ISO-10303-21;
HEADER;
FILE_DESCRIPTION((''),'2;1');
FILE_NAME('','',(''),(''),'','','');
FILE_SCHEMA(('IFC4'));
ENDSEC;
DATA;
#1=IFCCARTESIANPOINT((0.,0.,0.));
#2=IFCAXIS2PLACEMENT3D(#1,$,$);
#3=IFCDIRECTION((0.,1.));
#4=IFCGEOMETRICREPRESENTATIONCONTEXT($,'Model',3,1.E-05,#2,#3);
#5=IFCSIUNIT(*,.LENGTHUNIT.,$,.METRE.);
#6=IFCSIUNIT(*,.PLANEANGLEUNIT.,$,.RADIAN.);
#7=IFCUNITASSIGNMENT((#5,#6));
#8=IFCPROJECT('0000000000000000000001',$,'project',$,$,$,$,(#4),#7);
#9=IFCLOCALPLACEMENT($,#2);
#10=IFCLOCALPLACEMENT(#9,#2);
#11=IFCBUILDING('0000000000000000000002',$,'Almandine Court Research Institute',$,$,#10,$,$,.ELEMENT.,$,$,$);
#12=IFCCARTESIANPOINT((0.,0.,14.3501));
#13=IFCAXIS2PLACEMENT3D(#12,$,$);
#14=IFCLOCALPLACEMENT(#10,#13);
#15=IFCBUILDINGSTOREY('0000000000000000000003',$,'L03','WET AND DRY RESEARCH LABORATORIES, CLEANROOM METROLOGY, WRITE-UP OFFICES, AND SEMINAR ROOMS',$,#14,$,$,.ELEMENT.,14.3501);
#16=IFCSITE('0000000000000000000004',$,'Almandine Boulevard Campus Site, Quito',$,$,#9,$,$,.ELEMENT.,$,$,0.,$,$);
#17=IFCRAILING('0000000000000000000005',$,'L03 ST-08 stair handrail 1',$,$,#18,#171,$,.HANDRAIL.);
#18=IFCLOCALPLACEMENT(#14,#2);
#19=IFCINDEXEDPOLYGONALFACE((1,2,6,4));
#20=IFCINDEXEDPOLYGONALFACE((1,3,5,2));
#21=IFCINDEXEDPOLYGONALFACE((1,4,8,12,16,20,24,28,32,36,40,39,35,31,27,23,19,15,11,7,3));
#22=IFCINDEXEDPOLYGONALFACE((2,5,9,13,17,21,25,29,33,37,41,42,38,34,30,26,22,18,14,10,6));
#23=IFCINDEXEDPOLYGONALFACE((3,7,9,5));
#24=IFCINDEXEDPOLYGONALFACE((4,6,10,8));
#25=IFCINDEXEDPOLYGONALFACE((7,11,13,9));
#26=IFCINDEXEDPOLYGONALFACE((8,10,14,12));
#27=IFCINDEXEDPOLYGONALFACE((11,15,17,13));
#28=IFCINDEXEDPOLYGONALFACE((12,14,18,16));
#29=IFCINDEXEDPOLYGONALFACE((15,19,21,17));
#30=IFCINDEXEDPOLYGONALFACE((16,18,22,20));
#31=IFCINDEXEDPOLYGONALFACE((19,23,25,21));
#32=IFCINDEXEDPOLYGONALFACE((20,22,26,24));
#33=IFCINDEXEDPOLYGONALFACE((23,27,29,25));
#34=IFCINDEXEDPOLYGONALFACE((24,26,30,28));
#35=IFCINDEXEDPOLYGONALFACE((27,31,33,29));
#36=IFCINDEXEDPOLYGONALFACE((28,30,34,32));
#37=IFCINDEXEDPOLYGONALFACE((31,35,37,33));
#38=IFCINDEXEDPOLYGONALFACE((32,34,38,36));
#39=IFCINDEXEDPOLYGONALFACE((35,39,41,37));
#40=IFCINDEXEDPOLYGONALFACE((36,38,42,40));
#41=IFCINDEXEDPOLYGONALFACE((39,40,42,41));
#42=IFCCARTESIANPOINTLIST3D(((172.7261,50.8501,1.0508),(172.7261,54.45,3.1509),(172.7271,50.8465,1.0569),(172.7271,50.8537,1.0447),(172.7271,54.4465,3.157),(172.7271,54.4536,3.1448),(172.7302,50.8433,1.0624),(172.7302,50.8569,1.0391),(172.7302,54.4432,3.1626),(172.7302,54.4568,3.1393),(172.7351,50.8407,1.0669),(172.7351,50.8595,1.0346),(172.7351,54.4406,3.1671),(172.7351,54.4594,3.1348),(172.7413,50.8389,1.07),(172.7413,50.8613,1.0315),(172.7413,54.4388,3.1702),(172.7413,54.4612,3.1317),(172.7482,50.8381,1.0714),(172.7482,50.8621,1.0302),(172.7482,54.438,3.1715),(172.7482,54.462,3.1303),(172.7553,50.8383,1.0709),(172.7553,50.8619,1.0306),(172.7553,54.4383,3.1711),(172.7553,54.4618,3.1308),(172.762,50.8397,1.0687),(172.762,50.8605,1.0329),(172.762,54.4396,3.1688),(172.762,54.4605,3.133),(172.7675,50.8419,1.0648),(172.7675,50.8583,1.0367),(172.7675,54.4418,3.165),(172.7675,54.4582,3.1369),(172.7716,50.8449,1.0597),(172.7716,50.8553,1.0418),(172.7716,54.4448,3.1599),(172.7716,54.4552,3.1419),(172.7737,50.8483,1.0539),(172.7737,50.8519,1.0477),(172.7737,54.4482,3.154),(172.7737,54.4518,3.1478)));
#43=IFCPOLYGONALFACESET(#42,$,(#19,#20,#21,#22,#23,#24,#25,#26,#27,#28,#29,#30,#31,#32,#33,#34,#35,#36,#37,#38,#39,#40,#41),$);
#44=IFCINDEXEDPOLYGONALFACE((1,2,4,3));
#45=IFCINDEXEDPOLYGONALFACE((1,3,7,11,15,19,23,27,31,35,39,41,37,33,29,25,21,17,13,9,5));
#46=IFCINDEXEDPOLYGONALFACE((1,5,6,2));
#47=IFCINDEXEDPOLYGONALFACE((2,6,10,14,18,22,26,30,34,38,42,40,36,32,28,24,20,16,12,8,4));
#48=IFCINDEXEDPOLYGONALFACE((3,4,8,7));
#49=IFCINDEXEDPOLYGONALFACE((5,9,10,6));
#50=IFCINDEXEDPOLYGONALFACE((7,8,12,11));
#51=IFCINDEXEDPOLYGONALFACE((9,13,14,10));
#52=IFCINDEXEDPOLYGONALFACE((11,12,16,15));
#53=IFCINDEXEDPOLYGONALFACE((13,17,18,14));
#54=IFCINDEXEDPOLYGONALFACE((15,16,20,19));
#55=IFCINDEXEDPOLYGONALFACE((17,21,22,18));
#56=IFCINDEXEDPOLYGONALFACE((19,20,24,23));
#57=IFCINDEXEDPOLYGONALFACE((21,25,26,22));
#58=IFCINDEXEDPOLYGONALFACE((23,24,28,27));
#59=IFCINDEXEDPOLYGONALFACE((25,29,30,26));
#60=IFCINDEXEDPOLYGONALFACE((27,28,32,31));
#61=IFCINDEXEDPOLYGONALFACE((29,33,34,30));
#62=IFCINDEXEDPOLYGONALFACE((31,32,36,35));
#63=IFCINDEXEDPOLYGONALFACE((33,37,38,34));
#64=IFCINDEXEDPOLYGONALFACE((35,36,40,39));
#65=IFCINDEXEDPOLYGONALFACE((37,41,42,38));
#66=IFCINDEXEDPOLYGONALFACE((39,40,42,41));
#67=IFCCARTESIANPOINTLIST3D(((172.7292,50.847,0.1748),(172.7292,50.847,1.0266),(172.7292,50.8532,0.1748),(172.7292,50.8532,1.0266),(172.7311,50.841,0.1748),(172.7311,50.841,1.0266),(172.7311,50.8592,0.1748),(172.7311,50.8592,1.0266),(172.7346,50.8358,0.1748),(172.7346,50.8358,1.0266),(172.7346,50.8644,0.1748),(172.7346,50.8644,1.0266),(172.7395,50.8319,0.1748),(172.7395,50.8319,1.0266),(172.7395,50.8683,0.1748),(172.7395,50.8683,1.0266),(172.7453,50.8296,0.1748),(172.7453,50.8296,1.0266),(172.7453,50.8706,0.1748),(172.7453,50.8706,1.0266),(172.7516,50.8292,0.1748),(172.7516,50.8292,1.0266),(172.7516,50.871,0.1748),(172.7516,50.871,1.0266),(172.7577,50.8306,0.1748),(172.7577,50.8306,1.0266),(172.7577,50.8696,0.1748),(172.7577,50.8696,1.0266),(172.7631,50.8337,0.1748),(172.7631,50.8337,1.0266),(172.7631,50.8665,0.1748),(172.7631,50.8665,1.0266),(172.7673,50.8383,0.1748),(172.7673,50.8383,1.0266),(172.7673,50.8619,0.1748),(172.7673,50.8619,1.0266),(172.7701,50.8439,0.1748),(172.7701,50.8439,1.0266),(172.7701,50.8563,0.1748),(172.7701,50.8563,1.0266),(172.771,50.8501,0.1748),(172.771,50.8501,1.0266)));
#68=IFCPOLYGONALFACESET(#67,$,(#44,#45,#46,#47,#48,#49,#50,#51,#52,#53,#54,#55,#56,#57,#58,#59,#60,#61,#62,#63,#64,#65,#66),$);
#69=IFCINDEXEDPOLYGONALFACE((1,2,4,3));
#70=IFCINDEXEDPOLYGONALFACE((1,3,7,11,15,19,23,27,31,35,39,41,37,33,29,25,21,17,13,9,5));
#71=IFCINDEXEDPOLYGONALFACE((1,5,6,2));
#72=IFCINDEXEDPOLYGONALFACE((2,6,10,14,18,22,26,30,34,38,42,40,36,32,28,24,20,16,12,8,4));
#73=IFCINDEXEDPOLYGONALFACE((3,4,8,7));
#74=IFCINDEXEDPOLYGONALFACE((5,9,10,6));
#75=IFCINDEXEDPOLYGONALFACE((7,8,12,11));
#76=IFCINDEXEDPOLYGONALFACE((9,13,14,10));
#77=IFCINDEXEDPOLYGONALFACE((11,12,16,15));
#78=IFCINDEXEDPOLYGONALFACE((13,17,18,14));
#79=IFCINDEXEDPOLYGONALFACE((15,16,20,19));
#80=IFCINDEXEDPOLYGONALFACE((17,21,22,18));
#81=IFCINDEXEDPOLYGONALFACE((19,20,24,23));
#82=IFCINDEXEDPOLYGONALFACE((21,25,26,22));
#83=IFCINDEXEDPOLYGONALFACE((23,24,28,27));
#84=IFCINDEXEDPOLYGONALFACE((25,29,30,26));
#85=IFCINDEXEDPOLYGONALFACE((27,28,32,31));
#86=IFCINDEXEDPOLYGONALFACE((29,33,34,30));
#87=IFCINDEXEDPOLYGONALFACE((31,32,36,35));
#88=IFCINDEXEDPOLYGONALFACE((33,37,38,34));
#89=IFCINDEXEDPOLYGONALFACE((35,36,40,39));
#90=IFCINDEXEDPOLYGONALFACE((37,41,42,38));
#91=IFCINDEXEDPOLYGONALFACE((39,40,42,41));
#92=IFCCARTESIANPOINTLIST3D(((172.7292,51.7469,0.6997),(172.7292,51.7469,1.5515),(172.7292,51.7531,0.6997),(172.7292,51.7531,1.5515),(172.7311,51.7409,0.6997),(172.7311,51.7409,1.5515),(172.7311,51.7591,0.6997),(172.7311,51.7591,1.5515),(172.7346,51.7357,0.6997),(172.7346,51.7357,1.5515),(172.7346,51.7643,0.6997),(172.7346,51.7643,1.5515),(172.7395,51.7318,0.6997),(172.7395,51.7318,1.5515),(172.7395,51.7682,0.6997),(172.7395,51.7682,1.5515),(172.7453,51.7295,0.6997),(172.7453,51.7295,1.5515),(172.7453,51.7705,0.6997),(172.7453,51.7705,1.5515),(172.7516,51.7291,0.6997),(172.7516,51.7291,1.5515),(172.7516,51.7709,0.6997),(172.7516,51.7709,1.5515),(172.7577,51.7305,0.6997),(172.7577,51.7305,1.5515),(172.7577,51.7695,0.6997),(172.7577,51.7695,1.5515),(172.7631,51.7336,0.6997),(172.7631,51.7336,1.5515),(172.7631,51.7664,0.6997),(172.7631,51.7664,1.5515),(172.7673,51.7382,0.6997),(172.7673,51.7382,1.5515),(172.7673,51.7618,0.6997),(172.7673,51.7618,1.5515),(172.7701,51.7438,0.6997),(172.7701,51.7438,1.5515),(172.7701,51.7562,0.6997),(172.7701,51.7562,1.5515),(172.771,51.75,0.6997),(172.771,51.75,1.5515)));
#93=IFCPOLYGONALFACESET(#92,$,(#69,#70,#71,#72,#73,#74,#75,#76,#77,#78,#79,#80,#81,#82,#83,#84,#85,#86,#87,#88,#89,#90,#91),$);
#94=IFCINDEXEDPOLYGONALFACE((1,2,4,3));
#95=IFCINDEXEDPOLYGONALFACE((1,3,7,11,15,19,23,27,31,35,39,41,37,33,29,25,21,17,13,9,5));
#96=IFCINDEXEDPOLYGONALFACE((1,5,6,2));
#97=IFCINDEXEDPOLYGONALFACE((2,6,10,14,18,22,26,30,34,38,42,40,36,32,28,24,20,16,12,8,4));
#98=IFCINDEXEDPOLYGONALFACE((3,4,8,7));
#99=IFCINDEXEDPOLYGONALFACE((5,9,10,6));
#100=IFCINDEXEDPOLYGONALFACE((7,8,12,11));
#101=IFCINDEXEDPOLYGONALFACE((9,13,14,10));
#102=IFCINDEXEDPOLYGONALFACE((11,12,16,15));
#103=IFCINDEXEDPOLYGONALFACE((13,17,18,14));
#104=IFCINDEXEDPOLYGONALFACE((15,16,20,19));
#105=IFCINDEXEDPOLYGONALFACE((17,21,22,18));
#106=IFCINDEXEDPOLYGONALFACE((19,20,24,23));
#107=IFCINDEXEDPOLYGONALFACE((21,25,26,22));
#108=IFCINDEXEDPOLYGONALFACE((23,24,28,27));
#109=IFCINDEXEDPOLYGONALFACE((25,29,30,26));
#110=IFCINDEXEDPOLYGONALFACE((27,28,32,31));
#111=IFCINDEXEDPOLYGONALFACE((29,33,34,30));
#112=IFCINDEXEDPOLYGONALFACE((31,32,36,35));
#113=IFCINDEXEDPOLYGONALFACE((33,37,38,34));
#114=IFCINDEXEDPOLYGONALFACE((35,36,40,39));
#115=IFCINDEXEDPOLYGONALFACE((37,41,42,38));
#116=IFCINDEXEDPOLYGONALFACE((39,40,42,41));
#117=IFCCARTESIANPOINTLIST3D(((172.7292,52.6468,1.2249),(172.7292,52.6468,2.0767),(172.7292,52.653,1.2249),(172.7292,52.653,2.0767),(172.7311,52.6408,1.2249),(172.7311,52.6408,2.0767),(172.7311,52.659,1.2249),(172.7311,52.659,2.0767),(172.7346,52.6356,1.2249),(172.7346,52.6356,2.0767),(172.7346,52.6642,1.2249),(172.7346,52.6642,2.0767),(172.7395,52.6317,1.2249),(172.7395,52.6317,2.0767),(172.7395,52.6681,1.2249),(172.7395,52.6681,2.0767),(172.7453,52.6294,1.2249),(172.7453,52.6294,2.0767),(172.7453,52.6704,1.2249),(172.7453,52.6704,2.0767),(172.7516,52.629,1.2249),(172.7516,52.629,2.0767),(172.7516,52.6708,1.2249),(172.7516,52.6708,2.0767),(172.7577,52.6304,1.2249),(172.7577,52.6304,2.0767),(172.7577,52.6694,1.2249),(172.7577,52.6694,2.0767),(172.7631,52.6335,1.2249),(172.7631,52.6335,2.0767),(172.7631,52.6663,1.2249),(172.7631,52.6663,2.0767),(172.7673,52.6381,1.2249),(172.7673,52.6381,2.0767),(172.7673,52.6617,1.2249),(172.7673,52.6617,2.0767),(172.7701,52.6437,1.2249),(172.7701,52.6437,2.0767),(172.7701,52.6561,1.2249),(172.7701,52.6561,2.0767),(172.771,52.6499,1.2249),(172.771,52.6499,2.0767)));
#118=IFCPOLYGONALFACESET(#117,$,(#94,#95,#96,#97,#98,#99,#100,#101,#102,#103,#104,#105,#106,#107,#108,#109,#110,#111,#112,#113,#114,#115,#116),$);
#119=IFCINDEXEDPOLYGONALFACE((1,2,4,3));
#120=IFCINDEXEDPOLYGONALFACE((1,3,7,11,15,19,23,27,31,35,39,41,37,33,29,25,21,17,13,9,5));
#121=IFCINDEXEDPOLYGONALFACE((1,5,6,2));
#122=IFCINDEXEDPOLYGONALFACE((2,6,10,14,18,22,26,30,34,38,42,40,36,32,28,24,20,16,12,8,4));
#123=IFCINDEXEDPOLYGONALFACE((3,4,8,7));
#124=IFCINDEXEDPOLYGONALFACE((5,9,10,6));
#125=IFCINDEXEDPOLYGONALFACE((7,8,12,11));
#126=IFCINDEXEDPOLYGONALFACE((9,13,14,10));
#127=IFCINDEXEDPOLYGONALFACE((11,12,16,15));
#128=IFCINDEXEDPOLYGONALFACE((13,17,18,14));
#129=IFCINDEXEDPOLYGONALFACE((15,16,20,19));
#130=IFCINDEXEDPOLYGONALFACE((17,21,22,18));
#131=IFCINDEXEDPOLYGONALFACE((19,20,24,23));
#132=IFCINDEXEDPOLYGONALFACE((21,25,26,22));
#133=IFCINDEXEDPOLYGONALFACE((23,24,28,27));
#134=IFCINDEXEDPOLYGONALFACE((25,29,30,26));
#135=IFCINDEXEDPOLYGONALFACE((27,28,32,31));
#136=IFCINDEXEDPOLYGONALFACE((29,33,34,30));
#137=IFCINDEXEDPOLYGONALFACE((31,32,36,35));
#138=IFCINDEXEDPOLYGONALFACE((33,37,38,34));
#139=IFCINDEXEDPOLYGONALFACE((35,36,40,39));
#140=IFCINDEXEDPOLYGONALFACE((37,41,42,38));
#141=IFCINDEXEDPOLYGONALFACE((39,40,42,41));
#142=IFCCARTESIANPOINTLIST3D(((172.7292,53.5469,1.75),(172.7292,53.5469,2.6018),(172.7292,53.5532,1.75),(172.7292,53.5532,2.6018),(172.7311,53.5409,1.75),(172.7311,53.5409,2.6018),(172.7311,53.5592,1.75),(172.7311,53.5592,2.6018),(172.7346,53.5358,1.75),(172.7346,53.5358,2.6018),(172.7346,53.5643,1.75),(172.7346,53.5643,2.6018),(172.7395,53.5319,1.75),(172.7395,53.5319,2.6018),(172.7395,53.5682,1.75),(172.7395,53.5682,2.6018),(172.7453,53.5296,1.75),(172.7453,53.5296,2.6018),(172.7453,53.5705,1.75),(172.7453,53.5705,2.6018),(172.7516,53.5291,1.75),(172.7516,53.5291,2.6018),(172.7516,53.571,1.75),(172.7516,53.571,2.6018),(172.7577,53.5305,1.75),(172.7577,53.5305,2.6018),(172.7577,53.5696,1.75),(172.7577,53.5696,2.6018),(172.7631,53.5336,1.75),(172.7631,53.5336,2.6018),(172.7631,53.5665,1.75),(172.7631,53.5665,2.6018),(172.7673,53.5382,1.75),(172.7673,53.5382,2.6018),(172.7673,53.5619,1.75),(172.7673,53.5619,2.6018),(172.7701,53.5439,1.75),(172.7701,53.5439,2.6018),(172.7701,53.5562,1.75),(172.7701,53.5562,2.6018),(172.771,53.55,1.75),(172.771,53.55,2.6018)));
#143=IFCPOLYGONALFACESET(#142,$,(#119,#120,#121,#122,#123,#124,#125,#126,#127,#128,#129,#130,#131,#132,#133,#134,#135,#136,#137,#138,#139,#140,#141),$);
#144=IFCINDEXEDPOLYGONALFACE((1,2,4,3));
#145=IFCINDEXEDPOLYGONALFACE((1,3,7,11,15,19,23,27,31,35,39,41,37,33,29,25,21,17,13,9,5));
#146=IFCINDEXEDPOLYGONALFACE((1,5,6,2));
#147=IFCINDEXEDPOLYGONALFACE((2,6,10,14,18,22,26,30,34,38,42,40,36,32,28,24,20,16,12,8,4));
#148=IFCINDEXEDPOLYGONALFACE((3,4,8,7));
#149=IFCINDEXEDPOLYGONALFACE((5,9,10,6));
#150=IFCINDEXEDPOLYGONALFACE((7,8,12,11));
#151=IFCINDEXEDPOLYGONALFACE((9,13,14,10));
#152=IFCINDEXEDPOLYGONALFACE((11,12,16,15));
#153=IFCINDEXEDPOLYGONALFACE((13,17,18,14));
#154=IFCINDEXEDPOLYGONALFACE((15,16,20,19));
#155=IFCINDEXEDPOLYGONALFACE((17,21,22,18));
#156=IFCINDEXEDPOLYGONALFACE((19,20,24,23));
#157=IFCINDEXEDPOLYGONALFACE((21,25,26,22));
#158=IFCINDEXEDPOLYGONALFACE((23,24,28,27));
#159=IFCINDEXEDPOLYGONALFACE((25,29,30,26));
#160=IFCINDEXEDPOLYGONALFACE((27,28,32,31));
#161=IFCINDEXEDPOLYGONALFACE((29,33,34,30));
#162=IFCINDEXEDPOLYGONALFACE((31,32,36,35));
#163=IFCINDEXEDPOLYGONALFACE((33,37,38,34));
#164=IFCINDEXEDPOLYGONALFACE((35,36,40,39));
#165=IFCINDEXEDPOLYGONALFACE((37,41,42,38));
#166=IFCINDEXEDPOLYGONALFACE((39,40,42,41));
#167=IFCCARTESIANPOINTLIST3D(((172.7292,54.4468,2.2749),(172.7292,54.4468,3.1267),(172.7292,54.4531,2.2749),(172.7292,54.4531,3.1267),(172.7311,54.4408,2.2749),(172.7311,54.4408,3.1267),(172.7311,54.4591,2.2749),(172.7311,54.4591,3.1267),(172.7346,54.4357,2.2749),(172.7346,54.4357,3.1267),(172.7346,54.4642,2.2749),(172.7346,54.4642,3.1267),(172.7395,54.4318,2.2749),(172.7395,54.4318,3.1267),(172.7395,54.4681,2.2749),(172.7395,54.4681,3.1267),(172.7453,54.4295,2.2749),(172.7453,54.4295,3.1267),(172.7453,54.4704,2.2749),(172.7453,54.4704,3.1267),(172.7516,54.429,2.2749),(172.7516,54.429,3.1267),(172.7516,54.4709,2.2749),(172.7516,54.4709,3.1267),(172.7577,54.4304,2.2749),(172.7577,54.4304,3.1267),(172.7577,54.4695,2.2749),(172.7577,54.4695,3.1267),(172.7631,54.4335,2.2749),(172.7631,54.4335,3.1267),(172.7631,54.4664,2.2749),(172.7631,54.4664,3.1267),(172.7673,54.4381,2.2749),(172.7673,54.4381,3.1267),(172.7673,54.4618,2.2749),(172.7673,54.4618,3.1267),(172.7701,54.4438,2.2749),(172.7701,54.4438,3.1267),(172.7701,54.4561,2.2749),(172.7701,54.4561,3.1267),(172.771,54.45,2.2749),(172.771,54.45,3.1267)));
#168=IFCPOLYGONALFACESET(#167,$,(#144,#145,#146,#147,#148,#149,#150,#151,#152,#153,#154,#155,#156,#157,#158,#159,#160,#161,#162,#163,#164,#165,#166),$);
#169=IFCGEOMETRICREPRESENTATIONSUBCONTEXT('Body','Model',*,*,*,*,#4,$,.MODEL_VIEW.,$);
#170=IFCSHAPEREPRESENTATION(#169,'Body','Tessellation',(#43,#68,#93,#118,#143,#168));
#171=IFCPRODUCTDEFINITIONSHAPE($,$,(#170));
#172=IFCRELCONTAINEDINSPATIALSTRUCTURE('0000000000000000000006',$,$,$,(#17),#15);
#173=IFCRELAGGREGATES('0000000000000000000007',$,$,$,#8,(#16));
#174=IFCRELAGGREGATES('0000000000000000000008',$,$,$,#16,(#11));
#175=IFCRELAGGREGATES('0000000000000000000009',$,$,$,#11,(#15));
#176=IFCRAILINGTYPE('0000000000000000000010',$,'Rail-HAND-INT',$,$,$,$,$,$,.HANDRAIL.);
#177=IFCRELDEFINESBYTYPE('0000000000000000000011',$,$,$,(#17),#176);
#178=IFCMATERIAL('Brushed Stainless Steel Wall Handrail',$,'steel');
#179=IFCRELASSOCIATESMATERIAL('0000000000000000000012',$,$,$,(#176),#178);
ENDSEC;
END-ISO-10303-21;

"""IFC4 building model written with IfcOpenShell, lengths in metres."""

from ifc_helpers import new_model, si_unit, direction, frame, origin, origin_2d, place, context, subcontext, project, spatial, circle, extrude, material, type_object, element, save


model = new_model("IFC4")

# Units and contexts
model_context = context("Model", 3, precision=1e-05, world=origin(), true_north=direction((0.0, 1.0)))
body_context = subcontext(model_context, "Body", "Model", "MODEL_VIEW")
ifc_project = project(units=[si_unit("LENGTHUNIT", "METRE"), si_unit("PLANEANGLEUNIT", "RADIAN")], contexts=[model_context])

# Site, building, storey
site_placement = place(None, origin())
site = spatial("IfcSite", under=ifc_project, at=site_placement, Name="Almandine Boulevard Campus Site, Quito", CompositionType="ELEMENT", RefElevation=0.0)
building_placement = place(site_placement, origin())
building = spatial("IfcBuilding", under=site, at=building_placement, Name="Almandine Court Research Institute", CompositionType="ELEMENT")
storey_placement = place(building_placement, frame((0.0, 0.0, 14.3501)))
storey = spatial("IfcBuildingStorey", under=building, at=storey_placement, Name="L03", Description="WET AND DRY RESEARCH LABORATORIES, CLEANROOM METROLOGY, WRITE-UP OFFICES, AND SEMINAR ROOMS", CompositionType="ELEMENT", Elevation=14.3501)

# Railing
ifc_material_1 = material(Name="Brushed Stainless Steel Wall Handrail", Category="steel")
railing_type_1 = type_object("IfcRailingType", Name="Rail-HAND-INT", PredefinedType="HANDRAIL", material=ifc_material_1)
railing_1_placement = place(storey_placement, frame((172.75, 50.8501, 0.1748)))
element("IfcRailing", 1, at=railing_1_placement, inside=storey, type_object=railing_type_1, Name="L03 ST-08 stair handrail 1", PredefinedType="HANDRAIL", context=body_context, shape_type="SweptSolid", body=[
    extrude(circle(Radius=0.0239, at=origin_2d()), frame((0.0, 0.0, 0.876), z_axis=(0.0, 0.86376, 0.503904), x_axis=(-1.0, 0.0, 0.0)), (0.0, 0.0, 1.0), 4.1677),
    extrude(circle(Radius=0.021, at=origin_2d()), origin(), (0.0, 0.0, 1.0), 0.8518),
    extrude(circle(Radius=0.021, at=origin_2d()), frame((0.0, 0.8999, 0.5249)), (0.0, 0.0, 1.0), 0.8518),
    extrude(circle(Radius=0.021, at=origin_2d()), frame((0.0, 1.7998, 1.05)), (0.0, 0.0, 1.0), 0.8518),
    extrude(circle(Radius=0.021, at=origin_2d()), frame((0.0, 2.7, 1.5752)), (0.0, 0.0, 1.0), 0.8518),
    extrude(circle(Radius=0.021, at=origin_2d()), frame((0.0, 3.5999, 2.1001)), (0.0, 0.0, 1.0), 0.8518),
])

save(model, "model.ifc")
